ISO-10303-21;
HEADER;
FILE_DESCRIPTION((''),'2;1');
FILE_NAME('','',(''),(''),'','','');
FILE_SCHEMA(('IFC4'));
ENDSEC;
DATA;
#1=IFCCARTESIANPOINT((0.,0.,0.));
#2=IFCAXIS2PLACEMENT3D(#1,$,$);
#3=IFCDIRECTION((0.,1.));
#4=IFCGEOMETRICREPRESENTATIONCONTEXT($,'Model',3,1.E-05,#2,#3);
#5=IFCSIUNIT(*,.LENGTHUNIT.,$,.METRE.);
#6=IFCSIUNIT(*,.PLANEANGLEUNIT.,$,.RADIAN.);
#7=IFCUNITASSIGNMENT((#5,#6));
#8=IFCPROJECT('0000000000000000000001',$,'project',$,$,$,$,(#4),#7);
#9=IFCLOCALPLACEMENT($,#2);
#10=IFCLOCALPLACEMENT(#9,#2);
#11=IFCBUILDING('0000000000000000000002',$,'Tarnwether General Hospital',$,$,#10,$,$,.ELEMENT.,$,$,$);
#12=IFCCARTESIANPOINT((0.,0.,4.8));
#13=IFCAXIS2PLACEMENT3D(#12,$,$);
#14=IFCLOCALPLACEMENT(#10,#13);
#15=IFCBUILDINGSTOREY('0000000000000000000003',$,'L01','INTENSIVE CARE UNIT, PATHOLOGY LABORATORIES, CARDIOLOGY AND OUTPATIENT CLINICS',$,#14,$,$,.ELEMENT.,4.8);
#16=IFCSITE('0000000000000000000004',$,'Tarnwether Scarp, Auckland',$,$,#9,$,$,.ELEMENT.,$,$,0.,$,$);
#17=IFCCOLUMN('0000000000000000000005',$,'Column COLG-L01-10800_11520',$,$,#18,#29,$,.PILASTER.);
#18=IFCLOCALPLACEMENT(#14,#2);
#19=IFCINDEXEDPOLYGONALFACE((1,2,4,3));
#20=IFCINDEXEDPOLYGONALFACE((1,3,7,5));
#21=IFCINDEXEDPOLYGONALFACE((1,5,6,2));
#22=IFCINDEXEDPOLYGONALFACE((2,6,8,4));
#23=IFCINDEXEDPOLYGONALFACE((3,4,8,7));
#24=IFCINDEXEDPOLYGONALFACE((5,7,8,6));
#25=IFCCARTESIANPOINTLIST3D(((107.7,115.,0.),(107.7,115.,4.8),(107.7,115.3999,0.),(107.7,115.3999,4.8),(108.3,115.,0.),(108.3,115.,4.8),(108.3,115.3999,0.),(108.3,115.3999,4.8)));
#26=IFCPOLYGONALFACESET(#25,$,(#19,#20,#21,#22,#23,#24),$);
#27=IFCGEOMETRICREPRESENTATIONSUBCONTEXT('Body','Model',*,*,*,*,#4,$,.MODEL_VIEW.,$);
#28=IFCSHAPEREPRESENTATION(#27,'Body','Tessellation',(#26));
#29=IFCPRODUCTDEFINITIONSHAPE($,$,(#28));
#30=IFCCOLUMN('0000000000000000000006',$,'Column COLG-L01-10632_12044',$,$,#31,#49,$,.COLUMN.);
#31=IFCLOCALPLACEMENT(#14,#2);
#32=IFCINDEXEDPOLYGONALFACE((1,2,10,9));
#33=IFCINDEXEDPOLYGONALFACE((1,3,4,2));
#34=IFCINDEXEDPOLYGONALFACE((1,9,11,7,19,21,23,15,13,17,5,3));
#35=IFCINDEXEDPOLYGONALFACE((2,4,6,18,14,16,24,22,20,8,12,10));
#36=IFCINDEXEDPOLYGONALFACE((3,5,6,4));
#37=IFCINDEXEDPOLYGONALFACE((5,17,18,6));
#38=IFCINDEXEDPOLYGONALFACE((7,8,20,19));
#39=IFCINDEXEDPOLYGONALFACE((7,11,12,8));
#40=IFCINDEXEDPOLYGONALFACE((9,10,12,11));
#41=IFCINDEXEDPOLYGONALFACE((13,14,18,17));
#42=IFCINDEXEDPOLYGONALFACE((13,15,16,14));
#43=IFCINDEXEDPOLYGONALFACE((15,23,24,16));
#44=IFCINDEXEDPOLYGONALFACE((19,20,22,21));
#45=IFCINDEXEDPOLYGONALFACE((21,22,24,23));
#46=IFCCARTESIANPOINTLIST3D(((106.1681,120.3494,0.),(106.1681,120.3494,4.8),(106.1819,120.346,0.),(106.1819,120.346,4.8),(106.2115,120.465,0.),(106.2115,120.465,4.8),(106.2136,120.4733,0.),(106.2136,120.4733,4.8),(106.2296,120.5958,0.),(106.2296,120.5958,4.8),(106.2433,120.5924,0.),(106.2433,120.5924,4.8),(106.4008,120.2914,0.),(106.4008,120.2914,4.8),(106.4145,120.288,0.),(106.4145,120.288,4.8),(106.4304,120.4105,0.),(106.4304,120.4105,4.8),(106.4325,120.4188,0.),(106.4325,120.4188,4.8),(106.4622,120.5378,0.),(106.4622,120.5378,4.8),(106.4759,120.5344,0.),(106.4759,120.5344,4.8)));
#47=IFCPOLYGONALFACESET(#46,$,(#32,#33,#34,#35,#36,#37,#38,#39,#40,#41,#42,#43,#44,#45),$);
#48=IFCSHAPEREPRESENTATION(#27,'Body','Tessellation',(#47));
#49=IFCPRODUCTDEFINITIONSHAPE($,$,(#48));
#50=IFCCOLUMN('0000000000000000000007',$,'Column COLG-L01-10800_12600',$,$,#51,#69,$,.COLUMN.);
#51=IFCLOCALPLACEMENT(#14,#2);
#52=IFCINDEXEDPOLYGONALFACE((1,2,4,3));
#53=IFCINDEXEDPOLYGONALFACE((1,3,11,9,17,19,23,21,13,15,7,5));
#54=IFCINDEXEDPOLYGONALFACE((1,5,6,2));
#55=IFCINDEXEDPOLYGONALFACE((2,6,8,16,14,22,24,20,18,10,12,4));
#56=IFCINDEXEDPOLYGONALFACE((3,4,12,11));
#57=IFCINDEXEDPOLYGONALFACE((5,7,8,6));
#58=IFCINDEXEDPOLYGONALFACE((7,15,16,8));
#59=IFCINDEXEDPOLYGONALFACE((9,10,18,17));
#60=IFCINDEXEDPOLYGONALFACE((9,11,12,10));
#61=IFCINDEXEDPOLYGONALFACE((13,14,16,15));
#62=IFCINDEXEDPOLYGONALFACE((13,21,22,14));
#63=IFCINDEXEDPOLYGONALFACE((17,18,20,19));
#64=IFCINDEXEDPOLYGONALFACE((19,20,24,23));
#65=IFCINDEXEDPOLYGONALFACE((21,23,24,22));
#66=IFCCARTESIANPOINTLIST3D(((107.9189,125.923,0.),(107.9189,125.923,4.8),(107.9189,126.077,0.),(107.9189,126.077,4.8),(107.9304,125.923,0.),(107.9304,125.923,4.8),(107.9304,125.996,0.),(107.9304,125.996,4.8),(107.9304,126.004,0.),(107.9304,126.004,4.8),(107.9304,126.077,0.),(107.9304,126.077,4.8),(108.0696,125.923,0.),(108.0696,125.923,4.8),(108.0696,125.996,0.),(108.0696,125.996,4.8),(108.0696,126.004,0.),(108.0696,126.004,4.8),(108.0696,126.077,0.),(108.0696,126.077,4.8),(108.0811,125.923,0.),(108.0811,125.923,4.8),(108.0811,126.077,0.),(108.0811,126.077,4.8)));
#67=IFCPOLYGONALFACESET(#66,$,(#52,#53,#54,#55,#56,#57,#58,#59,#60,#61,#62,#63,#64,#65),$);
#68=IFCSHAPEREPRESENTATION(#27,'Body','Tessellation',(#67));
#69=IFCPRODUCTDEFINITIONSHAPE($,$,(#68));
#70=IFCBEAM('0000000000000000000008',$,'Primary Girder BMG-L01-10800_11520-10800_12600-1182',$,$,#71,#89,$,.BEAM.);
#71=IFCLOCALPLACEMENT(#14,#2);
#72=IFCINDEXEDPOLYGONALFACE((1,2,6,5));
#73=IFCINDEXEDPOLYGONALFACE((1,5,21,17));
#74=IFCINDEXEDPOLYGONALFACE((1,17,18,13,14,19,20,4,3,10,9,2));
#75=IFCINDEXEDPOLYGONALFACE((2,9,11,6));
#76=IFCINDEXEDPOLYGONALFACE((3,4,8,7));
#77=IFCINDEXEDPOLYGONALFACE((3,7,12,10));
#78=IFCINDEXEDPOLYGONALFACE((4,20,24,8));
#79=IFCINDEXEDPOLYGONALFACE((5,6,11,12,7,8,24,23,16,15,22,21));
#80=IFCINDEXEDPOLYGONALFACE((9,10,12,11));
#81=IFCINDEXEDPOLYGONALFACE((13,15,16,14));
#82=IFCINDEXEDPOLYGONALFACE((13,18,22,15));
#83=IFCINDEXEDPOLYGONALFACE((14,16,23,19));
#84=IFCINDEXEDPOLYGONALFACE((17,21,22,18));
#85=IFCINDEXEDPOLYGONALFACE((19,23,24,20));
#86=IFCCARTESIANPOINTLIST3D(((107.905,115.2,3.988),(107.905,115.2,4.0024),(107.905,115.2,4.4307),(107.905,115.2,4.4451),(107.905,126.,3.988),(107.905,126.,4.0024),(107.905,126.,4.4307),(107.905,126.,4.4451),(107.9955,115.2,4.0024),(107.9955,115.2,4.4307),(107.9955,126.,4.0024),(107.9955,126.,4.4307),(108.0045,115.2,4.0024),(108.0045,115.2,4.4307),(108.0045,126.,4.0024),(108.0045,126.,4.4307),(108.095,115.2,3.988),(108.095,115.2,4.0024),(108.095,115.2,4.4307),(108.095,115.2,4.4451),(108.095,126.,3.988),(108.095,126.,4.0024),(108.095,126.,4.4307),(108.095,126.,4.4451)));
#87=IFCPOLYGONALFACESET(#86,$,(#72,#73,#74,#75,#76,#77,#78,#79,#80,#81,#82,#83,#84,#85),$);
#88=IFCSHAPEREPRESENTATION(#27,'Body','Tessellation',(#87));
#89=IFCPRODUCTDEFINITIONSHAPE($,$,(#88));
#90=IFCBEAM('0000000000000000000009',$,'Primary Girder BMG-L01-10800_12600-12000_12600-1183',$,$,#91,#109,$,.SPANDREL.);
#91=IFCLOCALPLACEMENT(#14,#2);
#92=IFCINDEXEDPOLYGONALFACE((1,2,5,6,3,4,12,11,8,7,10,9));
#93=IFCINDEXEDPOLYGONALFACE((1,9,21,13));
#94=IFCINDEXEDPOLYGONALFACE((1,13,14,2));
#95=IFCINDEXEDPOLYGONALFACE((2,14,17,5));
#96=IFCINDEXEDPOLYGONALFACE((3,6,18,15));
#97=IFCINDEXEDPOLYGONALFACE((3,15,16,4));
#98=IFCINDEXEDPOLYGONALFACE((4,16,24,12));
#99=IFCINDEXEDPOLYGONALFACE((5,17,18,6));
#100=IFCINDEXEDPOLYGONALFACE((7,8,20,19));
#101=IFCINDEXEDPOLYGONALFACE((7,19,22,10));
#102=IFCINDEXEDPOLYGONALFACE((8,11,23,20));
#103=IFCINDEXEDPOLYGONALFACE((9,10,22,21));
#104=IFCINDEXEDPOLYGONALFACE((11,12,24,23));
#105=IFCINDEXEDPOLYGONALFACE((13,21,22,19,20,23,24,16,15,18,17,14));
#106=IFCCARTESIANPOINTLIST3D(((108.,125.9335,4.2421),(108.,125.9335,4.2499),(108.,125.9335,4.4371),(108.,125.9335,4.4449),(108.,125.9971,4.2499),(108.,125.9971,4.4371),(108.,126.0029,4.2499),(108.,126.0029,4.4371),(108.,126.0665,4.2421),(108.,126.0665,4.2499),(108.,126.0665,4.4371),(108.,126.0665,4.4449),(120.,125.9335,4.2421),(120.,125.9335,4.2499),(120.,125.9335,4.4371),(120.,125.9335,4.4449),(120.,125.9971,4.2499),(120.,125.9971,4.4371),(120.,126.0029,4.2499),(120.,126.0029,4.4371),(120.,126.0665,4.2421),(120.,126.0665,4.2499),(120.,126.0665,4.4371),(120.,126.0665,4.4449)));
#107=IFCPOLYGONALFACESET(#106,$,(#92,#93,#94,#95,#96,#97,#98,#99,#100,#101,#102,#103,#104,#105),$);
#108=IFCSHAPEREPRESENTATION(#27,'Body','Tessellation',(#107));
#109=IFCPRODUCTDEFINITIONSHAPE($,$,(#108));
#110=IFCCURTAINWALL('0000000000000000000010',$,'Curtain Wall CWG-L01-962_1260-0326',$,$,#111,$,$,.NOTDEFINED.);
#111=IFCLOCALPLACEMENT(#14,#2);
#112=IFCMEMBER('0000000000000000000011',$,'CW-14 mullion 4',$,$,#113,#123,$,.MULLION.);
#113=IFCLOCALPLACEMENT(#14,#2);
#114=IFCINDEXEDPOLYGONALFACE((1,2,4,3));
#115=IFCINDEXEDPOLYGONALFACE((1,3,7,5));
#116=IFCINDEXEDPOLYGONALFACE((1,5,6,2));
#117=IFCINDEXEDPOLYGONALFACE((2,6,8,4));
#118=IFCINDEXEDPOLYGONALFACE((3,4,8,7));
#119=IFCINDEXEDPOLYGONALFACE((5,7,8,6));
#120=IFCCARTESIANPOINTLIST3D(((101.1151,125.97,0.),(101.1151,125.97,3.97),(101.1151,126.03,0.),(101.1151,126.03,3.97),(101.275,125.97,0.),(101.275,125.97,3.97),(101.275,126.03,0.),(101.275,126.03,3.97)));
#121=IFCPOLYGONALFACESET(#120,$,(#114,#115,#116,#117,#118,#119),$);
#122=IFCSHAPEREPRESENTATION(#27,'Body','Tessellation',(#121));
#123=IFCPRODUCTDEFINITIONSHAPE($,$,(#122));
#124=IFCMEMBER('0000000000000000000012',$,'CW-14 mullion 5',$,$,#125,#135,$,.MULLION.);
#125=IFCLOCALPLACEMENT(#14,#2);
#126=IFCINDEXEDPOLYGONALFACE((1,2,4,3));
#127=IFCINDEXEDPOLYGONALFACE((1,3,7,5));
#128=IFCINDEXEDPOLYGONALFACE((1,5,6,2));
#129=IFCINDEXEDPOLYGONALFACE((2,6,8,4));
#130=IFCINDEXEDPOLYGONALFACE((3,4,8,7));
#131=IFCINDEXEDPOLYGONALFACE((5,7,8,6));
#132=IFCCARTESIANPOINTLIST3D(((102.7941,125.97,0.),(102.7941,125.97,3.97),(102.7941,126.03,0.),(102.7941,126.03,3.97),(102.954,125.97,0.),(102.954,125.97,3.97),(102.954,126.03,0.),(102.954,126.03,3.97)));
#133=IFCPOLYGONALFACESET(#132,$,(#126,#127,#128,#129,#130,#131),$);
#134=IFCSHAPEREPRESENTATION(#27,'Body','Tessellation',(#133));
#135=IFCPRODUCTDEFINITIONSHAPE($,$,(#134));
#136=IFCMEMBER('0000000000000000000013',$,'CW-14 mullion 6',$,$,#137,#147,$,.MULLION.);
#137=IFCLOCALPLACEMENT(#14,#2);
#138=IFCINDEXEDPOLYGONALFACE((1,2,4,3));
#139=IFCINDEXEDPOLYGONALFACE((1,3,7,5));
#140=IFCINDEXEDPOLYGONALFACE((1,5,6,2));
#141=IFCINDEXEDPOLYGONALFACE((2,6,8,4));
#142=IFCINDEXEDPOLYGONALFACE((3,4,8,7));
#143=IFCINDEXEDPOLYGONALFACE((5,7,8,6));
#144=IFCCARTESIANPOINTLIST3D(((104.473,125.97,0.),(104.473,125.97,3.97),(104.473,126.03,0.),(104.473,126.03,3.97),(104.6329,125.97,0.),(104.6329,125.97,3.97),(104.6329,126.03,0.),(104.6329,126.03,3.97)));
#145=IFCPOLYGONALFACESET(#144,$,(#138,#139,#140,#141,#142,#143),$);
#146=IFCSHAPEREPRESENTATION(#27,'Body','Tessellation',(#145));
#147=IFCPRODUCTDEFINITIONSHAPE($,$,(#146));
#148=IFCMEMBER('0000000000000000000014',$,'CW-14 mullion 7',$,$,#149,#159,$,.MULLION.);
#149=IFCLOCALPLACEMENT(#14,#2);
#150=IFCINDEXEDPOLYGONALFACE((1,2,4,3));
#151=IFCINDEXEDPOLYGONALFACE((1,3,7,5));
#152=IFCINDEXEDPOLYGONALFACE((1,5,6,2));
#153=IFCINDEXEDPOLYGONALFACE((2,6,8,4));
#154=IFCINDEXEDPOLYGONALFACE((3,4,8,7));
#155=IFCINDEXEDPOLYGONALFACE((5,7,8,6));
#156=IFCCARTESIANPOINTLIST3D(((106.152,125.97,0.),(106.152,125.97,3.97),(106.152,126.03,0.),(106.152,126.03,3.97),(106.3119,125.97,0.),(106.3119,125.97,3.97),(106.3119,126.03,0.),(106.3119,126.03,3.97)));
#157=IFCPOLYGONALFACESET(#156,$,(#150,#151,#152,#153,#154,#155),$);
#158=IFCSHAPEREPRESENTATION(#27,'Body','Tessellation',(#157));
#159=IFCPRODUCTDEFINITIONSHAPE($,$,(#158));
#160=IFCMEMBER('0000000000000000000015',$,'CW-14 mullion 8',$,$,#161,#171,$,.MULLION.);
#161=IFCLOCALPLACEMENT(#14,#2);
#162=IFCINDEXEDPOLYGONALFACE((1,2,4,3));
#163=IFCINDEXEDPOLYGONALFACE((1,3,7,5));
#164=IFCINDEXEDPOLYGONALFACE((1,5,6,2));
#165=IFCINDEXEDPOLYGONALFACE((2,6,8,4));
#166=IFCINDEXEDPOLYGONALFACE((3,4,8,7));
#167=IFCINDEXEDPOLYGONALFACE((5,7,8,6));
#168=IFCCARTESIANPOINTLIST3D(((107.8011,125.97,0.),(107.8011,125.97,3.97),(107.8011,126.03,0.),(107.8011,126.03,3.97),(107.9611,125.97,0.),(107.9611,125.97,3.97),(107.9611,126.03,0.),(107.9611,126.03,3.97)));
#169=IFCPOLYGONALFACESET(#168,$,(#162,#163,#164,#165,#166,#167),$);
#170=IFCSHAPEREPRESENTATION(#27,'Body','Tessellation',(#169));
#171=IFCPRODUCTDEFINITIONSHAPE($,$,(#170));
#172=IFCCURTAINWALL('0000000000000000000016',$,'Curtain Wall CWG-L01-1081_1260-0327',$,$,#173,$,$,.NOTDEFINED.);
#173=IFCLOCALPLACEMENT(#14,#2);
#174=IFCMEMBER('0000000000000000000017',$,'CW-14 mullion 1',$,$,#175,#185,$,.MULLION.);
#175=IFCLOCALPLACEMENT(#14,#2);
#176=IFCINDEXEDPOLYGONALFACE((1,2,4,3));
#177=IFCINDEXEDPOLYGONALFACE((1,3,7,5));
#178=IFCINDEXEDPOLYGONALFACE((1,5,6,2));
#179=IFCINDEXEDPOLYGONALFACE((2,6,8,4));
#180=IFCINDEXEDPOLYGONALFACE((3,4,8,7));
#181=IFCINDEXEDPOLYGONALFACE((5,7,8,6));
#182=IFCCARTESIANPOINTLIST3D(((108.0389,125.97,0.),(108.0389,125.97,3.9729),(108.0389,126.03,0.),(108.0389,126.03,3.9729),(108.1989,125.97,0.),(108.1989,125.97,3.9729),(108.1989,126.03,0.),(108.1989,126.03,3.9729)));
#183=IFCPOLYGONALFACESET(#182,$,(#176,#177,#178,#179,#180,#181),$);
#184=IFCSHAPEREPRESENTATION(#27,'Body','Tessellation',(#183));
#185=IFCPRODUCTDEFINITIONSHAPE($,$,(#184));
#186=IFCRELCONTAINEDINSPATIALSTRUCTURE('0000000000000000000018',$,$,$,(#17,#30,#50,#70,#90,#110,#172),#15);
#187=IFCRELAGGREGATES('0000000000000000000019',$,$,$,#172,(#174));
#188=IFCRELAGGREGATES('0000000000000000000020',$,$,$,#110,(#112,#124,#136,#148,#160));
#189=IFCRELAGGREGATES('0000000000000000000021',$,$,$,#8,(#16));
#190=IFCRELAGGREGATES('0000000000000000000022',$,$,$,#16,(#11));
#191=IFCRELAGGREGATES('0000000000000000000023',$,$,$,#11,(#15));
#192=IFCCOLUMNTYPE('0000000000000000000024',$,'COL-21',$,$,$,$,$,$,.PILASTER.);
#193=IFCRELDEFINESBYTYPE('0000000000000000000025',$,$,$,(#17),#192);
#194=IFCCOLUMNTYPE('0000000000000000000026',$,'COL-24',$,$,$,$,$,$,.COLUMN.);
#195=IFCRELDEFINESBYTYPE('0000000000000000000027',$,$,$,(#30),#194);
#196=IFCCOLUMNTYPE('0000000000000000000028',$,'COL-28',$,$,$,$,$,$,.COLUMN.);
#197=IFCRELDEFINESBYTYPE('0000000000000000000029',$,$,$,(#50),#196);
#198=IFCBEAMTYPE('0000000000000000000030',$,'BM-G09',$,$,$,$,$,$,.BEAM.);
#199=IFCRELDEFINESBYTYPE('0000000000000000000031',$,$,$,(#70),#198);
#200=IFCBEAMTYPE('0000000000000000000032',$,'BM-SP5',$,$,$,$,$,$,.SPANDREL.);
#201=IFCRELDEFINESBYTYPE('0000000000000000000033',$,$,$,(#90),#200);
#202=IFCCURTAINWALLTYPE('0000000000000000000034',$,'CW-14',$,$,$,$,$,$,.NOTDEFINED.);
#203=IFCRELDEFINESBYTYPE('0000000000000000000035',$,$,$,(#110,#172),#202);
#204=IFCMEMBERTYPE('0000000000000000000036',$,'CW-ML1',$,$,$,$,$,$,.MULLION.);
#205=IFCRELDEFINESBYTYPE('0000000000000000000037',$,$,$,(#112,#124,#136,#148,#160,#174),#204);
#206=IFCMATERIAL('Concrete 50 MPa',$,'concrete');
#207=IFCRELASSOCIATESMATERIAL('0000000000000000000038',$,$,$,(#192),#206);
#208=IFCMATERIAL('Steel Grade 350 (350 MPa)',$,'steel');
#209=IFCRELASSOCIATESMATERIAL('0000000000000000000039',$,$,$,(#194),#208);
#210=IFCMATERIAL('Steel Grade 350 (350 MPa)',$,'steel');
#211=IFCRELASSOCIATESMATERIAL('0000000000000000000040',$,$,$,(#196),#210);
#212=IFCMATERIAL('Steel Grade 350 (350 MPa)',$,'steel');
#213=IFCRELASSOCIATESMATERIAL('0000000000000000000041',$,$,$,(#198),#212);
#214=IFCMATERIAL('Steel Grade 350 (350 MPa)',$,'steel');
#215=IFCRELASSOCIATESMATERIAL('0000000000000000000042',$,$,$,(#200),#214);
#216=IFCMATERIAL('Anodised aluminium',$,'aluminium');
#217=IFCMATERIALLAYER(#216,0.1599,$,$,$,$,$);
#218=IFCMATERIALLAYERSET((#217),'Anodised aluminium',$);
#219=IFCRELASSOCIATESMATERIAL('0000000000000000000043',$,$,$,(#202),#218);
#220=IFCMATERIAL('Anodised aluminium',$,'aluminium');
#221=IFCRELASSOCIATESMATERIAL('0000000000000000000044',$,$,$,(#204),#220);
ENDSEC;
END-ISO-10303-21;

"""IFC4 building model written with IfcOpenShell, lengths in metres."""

from ifc_helpers import new_model, si_unit, direction, frame, origin, origin_2d, place, context, subcontext, project, spatial, rectangle, i_section, extrude, material, layer, layer_set, material_profile, profile_set, type_object, element, aggregate, save


model = new_model("IFC4")

# Units and contexts
model_context = context("Model", 3, precision=1e-05, world=origin(), true_north=direction((0.0, 1.0)))
body_context = subcontext(model_context, "Body", "Model", "MODEL_VIEW")
ifc_project = project(units=[si_unit("LENGTHUNIT", "METRE"), si_unit("PLANEANGLEUNIT", "RADIAN")], contexts=[model_context])

# Site, building, storey
site_placement = place(None, origin())
site = spatial("IfcSite", under=ifc_project, at=site_placement, Name="Tarnwether Scarp, Auckland", CompositionType="ELEMENT", RefElevation=0.0)
building_placement = place(site_placement, origin())
building = spatial("IfcBuilding", under=site, at=building_placement, Name="Tarnwether General Hospital", CompositionType="ELEMENT")
storey_placement = place(building_placement, frame((0.0, 0.0, 4.8)))
storey = spatial("IfcBuildingStorey", under=building, at=storey_placement, Name="L01", Description="INTENSIVE CARE UNIT, PATHOLOGY LABORATORIES, CARDIOLOGY AND OUTPATIENT CLINICS", CompositionType="ELEMENT", Elevation=4.8)

# Columns
ifc_material_1 = material(Name="Concrete 50 MPa", Category="concrete")
ifc_material_profile_1 = material_profile(ifc_material_1, rectangle(XDim=0.3999, YDim=0.6001, at=origin_2d()), Name="RC-PIL-400x600")
ifc_profile_set_1 = profile_set([ifc_material_profile_1], Name="Concrete 50 MPa")
column_type_1 = type_object("IfcColumnType", Name="COL-21", PredefinedType="PILASTER", material=ifc_profile_set_1)
column_1_placement = place(storey_placement, frame((108.0, 115.2, 0.0), z_axis=(0.0, 0.0, 1.0), x_axis=(0.0, 1.0, 0.0)))
element("IfcColumn", 1, at=column_1_placement, inside=storey, type_object=column_type_1, Name="Column COLG-L01-10800_11520", PredefinedType="PILASTER", context=body_context, shape_type="SweptSolid", body=[
    extrude(rectangle(XDim=0.3999, YDim=0.6001, at=origin_2d()), origin(), (0.0, 0.0, 1.0), 4.8),
])
ifc_material_2 = material(Name="Steel Grade 350 (350 MPa)", Category="steel")
ifc_material_profile_2 = material_profile(ifc_material_2, i_section(OverallWidth=0.2539, OverallDepth=0.2539, WebThickness=0.0085, FlangeThickness=0.0142, at=origin_2d()), Name="250UC72.9")
ifc_profile_set_2 = profile_set([ifc_material_profile_2], Name="Steel Grade 350 (350 MPa)")
column_type_2 = type_object("IfcColumnType", Name="COL-24", PredefinedType="COLUMN", material=ifc_profile_set_2)
column_2_placement = place(storey_placement, frame((106.322, 120.4419, 0.0), z_axis=(0.0, 0.0, 1.0), x_axis=(0.241922, 0.970296, 0.0)))
element("IfcColumn", 2, at=column_2_placement, inside=storey, type_object=column_type_2, Name="Column COLG-L01-10632_12044", PredefinedType="COLUMN", context=body_context, shape_type="SweptSolid", body=[
    extrude(i_section(OverallWidth=0.2539, OverallDepth=0.2539, WebThickness=0.0085, FlangeThickness=0.0142, at=origin_2d()), origin(), (0.0, 0.0, 1.0), 4.8),
])
ifc_material_3 = material(Name="Steel Grade 350 (350 MPa)", Category="steel")
ifc_material_profile_3 = material_profile(ifc_material_3, i_section(OverallWidth=0.1541, OverallDepth=0.1621, WebThickness=0.0081, FlangeThickness=0.0115, at=origin_2d()), Name="150UC37.2")
ifc_profile_set_3 = profile_set([ifc_material_profile_3], Name="Steel Grade 350 (350 MPa)")
column_type_3 = type_object("IfcColumnType", Name="COL-28", PredefinedType="COLUMN", material=ifc_profile_set_3)
column_3_placement = place(storey_placement, frame((108.0, 126.0, 0.0), z_axis=(0.0, 0.0, 1.0), x_axis=(0.0, 1.0, 0.0)))
element("IfcColumn", 3, at=column_3_placement, inside=storey, type_object=column_type_3, Name="Column COLG-L01-10800_12600", PredefinedType="COLUMN", context=body_context, shape_type="SweptSolid", body=[
    extrude(i_section(OverallWidth=0.1541, OverallDepth=0.1621, WebThickness=0.0081, FlangeThickness=0.0115, at=origin_2d()), origin(), (0.0, 0.0, 1.0), 4.8),
])

# Beams
ifc_material_4 = material(Name="Steel Grade 350 (350 MPa)", Category="steel")
ifc_material_profile_4 = material_profile(ifc_material_4, i_section(OverallWidth=0.1899, OverallDepth=0.457, WebThickness=0.009, FlangeThickness=0.0144, at=origin_2d()), Name="460UB74.6")
ifc_profile_set_4 = profile_set([ifc_material_profile_4], Name="Steel Grade 350 (350 MPa)")
beam_type_1 = type_object("IfcBeamType", Name="BM-G09", PredefinedType="BEAM", material=ifc_profile_set_4)
beam_1_placement = place(storey_placement, frame((108.0, 115.2, 4.2166), z_axis=(0.0, 1.0, 0.0), x_axis=(-1.0, 0.0, 0.0)))
element("IfcBeam", 4, at=beam_1_placement, inside=storey, type_object=beam_type_1, Name="Primary Girder BMG-L01-10800_11520-10800_12600-1182", PredefinedType="BEAM", context=body_context, shape_type="SweptSolid", body=[
    extrude(i_section(OverallWidth=0.1899, OverallDepth=0.457, WebThickness=0.009, FlangeThickness=0.0144, at=origin_2d()), origin(), (0.0, 0.0, 1.0), 10.8),
])
ifc_material_5 = material(Name="Steel Grade 350 (350 MPa)", Category="steel")
ifc_material_profile_5 = material_profile(ifc_material_5, i_section(OverallWidth=0.1331, OverallDepth=0.2029, WebThickness=0.0059, FlangeThickness=0.0078, at=origin_2d()), Name="200UB25.4")
ifc_profile_set_5 = profile_set([ifc_material_profile_5], Name="Steel Grade 350 (350 MPa)")
beam_type_2 = type_object("IfcBeamType", Name="BM-SP5", PredefinedType="SPANDREL", material=ifc_profile_set_5)
beam_2_placement = place(storey_placement, frame((108.0, 126.0, 4.3435), z_axis=(1.0, 0.0, 0.0), x_axis=(0.0, 1.0, 0.0)))
element("IfcBeam", 5, at=beam_2_placement, inside=storey, type_object=beam_type_2, Name="Primary Girder BMG-L01-10800_12600-12000_12600-1183", PredefinedType="SPANDREL", context=body_context, shape_type="SweptSolid", body=[
    extrude(i_section(OverallWidth=0.1331, OverallDepth=0.2029, WebThickness=0.0059, FlangeThickness=0.0078, at=origin_2d()), origin(), (0.0, 0.0, 1.0), 12.0),
])

# Curtain wall, members
ifc_material_6 = material(Name="Anodised aluminium", Category="aluminium")
ifc_layer_1 = layer(ifc_material_6, 0.1599)
ifc_layer_set_1 = layer_set([ifc_layer_1], Name="Anodised aluminium")
curtain_wall_type = type_object("IfcCurtainWallType", Name="CW-14", PredefinedType="NOTDEFINED", material=ifc_layer_set_1)
curtain_wall_1_placement = place(storey_placement, origin())
curtain_wall_1 = element("IfcCurtainWall", 6, at=curtain_wall_1_placement, inside=storey, type_object=curtain_wall_type, Name="Curtain Wall CWG-L01-962_1260-0326", PredefinedType="NOTDEFINED")
ifc_material_7 = material(Name="Anodised aluminium", Category="aluminium")
ifc_material_profile_6 = material_profile(ifc_material_7, rectangle(XDim=0.0601, YDim=0.1599, at=origin_2d()), Name="ALU-MUL-60x160")
ifc_profile_set_6 = profile_set([ifc_material_profile_6], Name="Anodised aluminium")
member_type_1 = type_object("IfcMemberType", Name="CW-ML1", PredefinedType="MULLION", material=ifc_profile_set_6)
member_1_placement = place(storey_placement, frame((101.1951, 126.0, 0.0), z_axis=(0.0, 0.0, 1.0), x_axis=(0.0, 1.0, 0.0)))
member_1 = element("IfcMember", 7, at=member_1_placement, type_object=member_type_1, Name="CW-14 mullion 4", PredefinedType="MULLION", context=body_context, shape_type="SweptSolid", body=[
    extrude(rectangle(XDim=0.0601, YDim=0.1599, at=origin_2d()), origin(), (0.0, 0.0, 1.0), 3.97),
])
member_2_placement = place(storey_placement, frame((102.874, 126.0, 0.0), z_axis=(0.0, 0.0, 1.0), x_axis=(0.0, 1.0, 0.0)))
member_2 = element("IfcMember", 8, at=member_2_placement, type_object=member_type_1, Name="CW-14 mullion 5", PredefinedType="MULLION", context=body_context, shape_type="SweptSolid", body=[
    extrude(rectangle(XDim=0.0601, YDim=0.1599, at=origin_2d()), origin(), (0.0, 0.0, 1.0), 3.97),
])
member_3_placement = place(storey_placement, frame((104.553, 126.0, 0.0), z_axis=(0.0, 0.0, 1.0), x_axis=(0.0, 1.0, 0.0)))
member_3 = element("IfcMember", 9, at=member_3_placement, type_object=member_type_1, Name="CW-14 mullion 6", PredefinedType="MULLION", context=body_context, shape_type="SweptSolid", body=[
    extrude(rectangle(XDim=0.0601, YDim=0.1599, at=origin_2d()), origin(), (0.0, 0.0, 1.0), 3.97),
])
member_4_placement = place(storey_placement, frame((106.2319, 126.0, 0.0), z_axis=(0.0, 0.0, 1.0), x_axis=(0.0, 1.0, 0.0)))
member_4 = element("IfcMember", 10, at=member_4_placement, type_object=member_type_1, Name="CW-14 mullion 7", PredefinedType="MULLION", context=body_context, shape_type="SweptSolid", body=[
    extrude(rectangle(XDim=0.0601, YDim=0.1599, at=origin_2d()), origin(), (0.0, 0.0, 1.0), 3.97),
])
member_5_placement = place(storey_placement, frame((107.8811, 126.0, 0.0), z_axis=(0.0, 0.0, 1.0), x_axis=(0.0, 1.0, 0.0)))
member_5 = element("IfcMember", 11, at=member_5_placement, type_object=member_type_1, Name="CW-14 mullion 8", PredefinedType="MULLION", context=body_context, shape_type="SweptSolid", body=[
    extrude(rectangle(XDim=0.0601, YDim=0.1599, at=origin_2d()), origin(), (0.0, 0.0, 1.0), 3.97),
])

# Curtain wall, member
curtain_wall_2_placement = place(storey_placement, origin())
curtain_wall_2 = element("IfcCurtainWall", 12, at=curtain_wall_2_placement, inside=storey, type_object=curtain_wall_type, Name="Curtain Wall CWG-L01-1081_1260-0327", PredefinedType="NOTDEFINED")
member_6_placement = place(storey_placement, frame((108.1189, 126.0, 0.0), z_axis=(0.0, 0.0, 1.0), x_axis=(0.0, 1.0, 0.0)))
member_6 = element("IfcMember", 13, at=member_6_placement, type_object=member_type_1, Name="CW-14 mullion 1", PredefinedType="MULLION", context=body_context, shape_type="SweptSolid", body=[
    extrude(rectangle(XDim=0.0601, YDim=0.1599, at=origin_2d()), origin(), (0.0, 0.0, 1.0), 3.9729),
])

aggregate(curtain_wall_2, [member_6])

aggregate(curtain_wall_1, [member_1, member_2, member_3, member_4, member_5])

save(model, "model.ifc")
